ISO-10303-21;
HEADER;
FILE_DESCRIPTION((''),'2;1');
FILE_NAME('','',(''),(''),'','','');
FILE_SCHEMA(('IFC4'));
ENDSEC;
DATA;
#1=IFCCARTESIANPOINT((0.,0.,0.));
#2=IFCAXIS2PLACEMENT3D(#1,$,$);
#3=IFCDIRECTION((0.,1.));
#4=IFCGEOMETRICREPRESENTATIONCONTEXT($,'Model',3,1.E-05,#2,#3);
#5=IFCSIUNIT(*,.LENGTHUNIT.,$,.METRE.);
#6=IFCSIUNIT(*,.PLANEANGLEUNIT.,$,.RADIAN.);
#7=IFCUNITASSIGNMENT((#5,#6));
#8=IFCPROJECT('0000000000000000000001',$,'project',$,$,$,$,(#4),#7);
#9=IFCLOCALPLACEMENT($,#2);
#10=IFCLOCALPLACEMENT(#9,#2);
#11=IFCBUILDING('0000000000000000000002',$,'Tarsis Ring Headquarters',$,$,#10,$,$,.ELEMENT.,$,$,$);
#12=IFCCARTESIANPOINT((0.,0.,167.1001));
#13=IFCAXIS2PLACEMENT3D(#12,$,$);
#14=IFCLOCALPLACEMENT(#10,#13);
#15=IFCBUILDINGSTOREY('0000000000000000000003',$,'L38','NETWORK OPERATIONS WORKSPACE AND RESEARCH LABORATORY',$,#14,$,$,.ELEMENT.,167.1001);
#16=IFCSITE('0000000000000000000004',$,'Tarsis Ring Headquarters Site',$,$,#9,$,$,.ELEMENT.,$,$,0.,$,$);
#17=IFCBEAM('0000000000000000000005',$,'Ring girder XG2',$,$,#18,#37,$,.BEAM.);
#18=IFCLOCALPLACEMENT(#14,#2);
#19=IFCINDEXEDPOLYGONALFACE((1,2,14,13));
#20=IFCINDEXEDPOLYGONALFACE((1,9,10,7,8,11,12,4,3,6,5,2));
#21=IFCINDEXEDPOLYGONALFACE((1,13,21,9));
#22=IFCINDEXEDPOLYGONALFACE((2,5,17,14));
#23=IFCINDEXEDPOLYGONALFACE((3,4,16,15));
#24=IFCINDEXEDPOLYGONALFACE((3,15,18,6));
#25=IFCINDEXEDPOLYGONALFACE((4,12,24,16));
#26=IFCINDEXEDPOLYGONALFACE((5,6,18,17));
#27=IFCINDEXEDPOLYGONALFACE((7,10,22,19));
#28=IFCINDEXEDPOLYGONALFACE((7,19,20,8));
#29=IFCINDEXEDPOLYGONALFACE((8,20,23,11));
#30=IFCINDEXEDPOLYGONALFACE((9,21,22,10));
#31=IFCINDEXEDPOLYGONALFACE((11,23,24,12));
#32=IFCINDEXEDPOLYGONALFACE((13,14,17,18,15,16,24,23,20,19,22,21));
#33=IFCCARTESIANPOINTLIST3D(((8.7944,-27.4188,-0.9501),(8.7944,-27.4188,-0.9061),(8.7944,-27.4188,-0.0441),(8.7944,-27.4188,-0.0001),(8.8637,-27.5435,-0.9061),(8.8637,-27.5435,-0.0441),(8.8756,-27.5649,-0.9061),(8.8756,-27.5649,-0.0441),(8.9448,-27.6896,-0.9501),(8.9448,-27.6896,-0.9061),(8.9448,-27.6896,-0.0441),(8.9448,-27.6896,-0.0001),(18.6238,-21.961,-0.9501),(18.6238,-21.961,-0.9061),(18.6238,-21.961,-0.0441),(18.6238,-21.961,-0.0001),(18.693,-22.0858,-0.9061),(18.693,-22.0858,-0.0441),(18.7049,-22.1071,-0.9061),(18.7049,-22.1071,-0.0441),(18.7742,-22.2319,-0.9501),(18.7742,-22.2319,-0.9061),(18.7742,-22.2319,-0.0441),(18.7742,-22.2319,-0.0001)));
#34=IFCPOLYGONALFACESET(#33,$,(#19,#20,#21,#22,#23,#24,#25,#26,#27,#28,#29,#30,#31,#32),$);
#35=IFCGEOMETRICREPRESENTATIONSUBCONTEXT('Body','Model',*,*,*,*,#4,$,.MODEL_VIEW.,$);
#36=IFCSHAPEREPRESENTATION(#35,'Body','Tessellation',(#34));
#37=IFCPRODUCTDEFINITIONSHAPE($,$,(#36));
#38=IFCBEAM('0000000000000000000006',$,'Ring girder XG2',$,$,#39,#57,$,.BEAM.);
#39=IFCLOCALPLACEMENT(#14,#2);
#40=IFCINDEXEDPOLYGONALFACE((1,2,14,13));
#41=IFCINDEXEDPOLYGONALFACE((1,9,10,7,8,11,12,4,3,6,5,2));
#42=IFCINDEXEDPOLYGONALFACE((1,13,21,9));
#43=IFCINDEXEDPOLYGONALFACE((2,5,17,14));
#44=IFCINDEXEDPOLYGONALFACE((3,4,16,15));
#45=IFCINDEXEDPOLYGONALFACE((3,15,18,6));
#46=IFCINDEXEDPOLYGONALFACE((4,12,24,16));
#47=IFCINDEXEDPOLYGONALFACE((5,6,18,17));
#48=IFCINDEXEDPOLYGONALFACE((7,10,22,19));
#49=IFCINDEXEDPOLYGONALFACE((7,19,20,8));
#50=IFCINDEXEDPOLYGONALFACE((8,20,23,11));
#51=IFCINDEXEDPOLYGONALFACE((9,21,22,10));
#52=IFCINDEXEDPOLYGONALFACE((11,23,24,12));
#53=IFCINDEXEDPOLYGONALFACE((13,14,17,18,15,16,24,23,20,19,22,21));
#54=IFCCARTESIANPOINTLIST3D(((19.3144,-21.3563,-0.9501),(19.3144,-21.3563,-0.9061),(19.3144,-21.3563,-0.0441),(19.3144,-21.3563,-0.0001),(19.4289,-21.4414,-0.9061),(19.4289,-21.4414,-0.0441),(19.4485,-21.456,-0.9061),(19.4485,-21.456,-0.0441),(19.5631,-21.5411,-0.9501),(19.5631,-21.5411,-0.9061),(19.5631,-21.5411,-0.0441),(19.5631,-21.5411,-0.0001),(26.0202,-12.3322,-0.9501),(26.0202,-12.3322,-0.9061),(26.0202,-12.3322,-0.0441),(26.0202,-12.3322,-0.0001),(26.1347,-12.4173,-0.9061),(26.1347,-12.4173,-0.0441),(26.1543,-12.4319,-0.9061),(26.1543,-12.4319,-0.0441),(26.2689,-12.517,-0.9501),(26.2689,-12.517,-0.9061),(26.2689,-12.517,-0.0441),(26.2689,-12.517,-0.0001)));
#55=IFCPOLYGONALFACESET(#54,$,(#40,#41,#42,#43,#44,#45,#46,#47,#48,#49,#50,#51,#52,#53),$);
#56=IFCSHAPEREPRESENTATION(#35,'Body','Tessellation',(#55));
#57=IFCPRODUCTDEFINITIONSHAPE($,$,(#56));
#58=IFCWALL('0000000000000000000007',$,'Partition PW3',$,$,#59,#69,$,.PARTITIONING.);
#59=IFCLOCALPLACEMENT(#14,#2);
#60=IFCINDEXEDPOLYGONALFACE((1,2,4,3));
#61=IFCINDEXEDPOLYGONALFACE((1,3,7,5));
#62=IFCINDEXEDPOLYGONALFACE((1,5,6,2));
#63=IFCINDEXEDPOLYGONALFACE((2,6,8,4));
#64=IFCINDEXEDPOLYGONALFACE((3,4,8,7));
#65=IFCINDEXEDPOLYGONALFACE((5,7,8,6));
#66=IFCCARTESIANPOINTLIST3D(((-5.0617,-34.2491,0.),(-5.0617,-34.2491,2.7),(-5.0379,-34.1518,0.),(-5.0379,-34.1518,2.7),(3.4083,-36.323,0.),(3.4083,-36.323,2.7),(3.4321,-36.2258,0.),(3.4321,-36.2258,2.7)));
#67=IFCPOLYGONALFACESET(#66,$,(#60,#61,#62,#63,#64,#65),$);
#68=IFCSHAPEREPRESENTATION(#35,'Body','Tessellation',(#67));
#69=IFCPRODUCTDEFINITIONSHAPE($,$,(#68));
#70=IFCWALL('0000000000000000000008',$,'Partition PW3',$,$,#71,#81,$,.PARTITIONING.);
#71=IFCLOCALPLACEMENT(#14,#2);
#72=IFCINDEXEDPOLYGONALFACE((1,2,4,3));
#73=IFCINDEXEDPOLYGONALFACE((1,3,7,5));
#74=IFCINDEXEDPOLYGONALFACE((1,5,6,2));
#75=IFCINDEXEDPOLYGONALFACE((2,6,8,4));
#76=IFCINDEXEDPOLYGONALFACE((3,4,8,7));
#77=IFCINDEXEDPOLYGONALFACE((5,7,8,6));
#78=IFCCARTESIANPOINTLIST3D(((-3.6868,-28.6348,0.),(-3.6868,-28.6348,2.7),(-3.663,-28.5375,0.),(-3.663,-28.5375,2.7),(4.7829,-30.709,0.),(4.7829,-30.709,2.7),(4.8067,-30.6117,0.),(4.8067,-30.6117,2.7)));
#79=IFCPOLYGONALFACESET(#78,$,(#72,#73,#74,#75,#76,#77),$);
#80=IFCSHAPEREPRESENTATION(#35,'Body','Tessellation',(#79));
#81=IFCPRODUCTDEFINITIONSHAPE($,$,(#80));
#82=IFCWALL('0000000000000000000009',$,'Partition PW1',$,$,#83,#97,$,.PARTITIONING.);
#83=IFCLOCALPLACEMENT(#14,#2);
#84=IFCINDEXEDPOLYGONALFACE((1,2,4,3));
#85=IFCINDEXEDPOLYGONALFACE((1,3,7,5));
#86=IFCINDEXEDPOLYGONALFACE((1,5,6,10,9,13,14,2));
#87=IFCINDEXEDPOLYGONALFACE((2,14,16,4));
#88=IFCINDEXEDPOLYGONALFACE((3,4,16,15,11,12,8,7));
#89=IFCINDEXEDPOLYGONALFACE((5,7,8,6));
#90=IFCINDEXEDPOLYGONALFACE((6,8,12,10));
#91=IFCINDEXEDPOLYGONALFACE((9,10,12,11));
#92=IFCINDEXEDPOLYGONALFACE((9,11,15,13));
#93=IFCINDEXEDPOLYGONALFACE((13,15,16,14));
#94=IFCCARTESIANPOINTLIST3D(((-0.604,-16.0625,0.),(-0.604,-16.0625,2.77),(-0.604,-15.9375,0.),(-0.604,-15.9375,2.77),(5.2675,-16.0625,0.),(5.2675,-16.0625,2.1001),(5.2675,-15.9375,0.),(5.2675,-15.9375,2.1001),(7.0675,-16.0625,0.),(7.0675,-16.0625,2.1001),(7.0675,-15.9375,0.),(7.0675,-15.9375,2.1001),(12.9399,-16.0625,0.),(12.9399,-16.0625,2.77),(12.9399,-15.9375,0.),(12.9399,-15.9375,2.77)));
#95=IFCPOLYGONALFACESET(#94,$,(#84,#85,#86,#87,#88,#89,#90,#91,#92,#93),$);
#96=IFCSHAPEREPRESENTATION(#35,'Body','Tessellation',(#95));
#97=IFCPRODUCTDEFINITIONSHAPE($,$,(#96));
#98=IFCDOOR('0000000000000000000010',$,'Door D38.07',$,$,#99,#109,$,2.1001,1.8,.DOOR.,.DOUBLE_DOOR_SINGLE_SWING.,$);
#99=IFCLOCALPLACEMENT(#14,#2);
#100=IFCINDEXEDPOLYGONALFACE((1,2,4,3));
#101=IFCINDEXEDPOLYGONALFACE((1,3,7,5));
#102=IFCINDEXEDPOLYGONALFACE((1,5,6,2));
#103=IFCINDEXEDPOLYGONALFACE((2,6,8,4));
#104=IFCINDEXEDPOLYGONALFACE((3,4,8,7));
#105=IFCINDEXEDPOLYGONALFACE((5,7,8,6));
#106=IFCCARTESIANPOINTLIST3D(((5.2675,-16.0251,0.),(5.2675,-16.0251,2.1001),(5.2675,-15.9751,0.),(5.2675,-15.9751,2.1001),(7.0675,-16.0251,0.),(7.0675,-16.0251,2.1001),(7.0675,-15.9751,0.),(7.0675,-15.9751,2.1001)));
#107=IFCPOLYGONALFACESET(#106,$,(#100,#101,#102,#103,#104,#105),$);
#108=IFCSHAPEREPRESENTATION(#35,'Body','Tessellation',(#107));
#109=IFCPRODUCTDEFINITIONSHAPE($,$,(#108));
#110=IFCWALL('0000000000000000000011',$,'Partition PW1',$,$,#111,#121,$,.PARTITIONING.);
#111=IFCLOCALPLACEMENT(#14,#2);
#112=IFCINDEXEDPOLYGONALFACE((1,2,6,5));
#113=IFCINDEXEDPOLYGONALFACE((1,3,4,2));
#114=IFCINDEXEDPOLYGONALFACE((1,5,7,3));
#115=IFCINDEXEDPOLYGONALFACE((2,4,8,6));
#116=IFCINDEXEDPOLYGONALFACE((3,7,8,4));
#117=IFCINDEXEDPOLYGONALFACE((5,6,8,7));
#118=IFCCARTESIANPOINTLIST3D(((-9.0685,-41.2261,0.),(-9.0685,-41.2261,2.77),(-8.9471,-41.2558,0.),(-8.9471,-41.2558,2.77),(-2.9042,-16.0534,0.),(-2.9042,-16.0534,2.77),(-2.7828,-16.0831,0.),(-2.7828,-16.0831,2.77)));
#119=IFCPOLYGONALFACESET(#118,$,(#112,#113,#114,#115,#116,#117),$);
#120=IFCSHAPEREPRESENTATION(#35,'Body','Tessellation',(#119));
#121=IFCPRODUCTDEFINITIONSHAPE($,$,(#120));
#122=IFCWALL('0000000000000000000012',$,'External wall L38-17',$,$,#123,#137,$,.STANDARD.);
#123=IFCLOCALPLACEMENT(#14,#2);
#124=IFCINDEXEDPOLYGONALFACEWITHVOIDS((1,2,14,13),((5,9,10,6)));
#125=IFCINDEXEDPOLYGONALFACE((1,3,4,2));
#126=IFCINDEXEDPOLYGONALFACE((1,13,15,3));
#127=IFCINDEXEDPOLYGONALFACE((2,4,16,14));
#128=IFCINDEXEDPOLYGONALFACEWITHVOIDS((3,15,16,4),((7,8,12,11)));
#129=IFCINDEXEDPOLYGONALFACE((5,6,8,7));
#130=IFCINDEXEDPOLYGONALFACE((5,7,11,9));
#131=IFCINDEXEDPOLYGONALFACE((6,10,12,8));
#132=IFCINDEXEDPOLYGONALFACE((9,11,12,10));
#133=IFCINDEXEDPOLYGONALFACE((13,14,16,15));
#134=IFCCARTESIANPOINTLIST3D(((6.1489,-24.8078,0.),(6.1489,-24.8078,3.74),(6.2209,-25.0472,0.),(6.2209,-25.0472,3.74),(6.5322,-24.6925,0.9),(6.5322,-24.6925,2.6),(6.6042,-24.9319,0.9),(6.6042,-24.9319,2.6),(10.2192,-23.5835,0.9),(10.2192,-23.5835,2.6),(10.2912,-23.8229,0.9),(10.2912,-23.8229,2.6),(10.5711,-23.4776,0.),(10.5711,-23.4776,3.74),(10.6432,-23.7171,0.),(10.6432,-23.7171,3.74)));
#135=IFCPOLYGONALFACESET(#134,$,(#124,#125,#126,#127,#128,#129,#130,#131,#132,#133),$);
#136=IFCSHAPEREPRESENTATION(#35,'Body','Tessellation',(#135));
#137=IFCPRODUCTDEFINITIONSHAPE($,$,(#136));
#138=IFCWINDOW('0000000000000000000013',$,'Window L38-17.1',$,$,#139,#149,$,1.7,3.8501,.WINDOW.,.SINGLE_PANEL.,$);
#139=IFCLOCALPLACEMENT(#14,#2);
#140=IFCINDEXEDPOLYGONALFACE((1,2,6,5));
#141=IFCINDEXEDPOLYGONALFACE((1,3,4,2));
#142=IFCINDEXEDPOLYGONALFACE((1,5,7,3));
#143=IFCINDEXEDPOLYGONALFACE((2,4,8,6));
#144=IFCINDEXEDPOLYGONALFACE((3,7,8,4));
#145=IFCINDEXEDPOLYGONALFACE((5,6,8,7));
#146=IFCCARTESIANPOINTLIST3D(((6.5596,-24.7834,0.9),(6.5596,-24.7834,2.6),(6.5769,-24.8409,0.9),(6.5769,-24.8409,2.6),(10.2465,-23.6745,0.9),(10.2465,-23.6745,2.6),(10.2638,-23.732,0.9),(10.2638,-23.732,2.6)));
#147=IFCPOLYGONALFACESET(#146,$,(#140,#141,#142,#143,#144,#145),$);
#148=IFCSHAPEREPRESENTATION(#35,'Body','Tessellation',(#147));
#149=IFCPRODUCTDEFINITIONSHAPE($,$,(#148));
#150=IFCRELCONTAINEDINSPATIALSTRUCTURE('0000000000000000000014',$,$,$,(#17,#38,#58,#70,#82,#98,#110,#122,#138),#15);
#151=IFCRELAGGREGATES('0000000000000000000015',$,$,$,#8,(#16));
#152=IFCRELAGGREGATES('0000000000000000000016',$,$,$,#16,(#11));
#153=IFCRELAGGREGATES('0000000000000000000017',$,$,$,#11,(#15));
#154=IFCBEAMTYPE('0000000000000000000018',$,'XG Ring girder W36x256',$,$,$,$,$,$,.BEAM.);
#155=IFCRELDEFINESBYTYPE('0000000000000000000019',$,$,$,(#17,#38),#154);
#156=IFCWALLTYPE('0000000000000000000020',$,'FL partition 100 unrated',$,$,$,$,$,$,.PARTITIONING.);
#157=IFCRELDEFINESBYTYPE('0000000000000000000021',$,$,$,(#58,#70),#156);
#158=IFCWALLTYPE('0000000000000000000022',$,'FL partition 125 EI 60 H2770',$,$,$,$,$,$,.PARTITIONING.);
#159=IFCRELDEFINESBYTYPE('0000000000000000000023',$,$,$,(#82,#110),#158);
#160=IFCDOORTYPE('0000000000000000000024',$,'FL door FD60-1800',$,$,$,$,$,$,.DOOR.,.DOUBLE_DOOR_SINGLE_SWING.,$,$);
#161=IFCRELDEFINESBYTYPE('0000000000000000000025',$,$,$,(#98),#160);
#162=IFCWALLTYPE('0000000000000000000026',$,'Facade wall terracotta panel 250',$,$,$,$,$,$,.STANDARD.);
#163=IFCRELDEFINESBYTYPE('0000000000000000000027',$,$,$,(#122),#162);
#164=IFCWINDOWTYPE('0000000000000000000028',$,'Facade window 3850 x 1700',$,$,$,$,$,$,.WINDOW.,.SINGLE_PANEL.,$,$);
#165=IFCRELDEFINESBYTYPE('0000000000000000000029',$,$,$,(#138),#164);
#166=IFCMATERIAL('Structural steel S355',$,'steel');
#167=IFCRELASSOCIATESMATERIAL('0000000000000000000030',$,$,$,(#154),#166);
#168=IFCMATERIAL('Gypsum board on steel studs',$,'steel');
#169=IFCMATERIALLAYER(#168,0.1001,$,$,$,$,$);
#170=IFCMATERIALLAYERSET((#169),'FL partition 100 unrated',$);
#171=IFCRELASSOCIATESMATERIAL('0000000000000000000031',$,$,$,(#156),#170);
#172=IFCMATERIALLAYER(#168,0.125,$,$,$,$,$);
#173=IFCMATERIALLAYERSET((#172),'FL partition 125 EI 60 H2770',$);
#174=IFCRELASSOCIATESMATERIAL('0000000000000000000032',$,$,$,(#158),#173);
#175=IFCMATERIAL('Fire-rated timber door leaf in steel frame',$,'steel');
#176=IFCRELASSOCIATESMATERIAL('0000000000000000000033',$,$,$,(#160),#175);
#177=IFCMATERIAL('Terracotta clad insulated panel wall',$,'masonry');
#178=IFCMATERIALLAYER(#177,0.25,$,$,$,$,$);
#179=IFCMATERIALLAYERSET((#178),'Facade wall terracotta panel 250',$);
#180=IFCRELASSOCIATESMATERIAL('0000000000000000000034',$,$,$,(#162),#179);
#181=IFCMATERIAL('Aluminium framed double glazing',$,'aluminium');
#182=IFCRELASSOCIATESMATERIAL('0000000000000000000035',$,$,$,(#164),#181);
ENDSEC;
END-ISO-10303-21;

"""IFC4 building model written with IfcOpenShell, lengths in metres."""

from ifc_helpers import new_model, si_unit, direction, frame, frame_2d, origin, origin_2d, place, context, subcontext, project, spatial, rectangle, i_section, extrude, material, layer, layer_set, material_profile, profile_set, type_object, element, fill, save


model = new_model("IFC4")

# Units and contexts
model_context = context("Model", 3, precision=1e-05, world=origin(), true_north=direction((0.0, 1.0)))
body_context = subcontext(model_context, "Body", "Model", "MODEL_VIEW")
ifc_project = project(units=[si_unit("LENGTHUNIT", "METRE"), si_unit("PLANEANGLEUNIT", "RADIAN")], contexts=[model_context])

# Site, building, storey
site_placement = place(None, origin())
site = spatial("IfcSite", under=ifc_project, at=site_placement, Name="Tarsis Ring Headquarters Site", CompositionType="ELEMENT", RefElevation=0.0)
building_placement = place(site_placement, origin())
building = spatial("IfcBuilding", under=site, at=building_placement, Name="Tarsis Ring Headquarters", CompositionType="ELEMENT")
storey_placement = place(building_placement, frame((0.0, 0.0, 167.1001)))
storey = spatial("IfcBuildingStorey", under=building, at=storey_placement, Name="L38", Description="NETWORK OPERATIONS WORKSPACE AND RESEARCH LABORATORY", CompositionType="ELEMENT", Elevation=167.1001)

# Shared definitions
ifc_material_1 = material(Name="Structural steel S355", Category="steel")

# Beams
ifc_material_profile_1 = material_profile(ifc_material_1, i_section(OverallWidth=0.3098, OverallDepth=0.95, WebThickness=0.0244, FlangeThickness=0.0439, at=origin_2d()), Name="W36x256")
ifc_profile_set_1 = profile_set([ifc_material_profile_1], Name="Structural steel S355")
beam_type = type_object("IfcBeamType", Name="XG Ring girder W36x256", PredefinedType="BEAM", material=ifc_profile_set_1)
for number, where, z_axis, x_axis, name in (
    (1, (8.8696, -27.5542, -0.4751), (0.87427, 0.48544, 0.0), (-0.48544, 0.87427, 0.0), "Ring girder XG2"),
    (2, (19.4387, -21.4487, -0.4751), (0.596447, 0.802653, 0.0), (-0.802653, 0.596447, 0.0), "Ring girder XG2"),
):
    element("IfcBeam", number, at=place(storey_placement, frame(where, z_axis=z_axis, x_axis=x_axis)), inside=storey, type_object=beam_type, Name=name, PredefinedType="BEAM", context=body_context, shape_type="SweptSolid", body=[
        extrude(i_section(OverallWidth=0.3098, OverallDepth=0.95, WebThickness=0.0244, FlangeThickness=0.0439, at=origin_2d()), origin(), (0.0, 0.0, 1.0), 11.2429),
    ])

# Walls
ifc_material_2 = material(Name="Gypsum board on steel studs", Category="steel")
ifc_layer_1 = layer(ifc_material_2, 0.1001)
ifc_layer_set_1 = layer_set([ifc_layer_1], Name="FL partition 100 unrated")
wall_type_1 = type_object("IfcWallType", Name="FL partition 100 unrated", PredefinedType="PARTITIONING", material=ifc_layer_set_1)
wall_1_placement = place(storey_placement, frame((-5.0498, -34.2004, 0.0), z_axis=(0.0, 0.0, 1.0), x_axis=(0.971305, -0.237836, 0.0)))
element("IfcWall", 3, at=wall_1_placement, inside=storey, type_object=wall_type_1, Name="Partition PW3", PredefinedType="PARTITIONING", context=body_context, shape_type="SweptSolid", body=[
    extrude(rectangle(XDim=8.7202, YDim=0.1001, at=frame_2d((4.3601, 0.0))), origin(), (0.0, 0.0, 1.0), 2.7),
])
wall_2_placement = place(storey_placement, frame((-3.6748, -28.5862, 0.0), z_axis=(0.0, 0.0, 1.0), x_axis=(0.971297, -0.237869, 0.0)))
element("IfcWall", 4, at=wall_2_placement, inside=storey, type_object=wall_type_1, Name="Partition PW3", PredefinedType="PARTITIONING", context=body_context, shape_type="SweptSolid", body=[
    extrude(rectangle(XDim=8.72, YDim=0.1001, at=frame_2d((4.3599, 0.0))), origin(), (0.0, 0.0, 1.0), 2.7),
])

# Wall, opening, door
ifc_layer_2 = layer(ifc_material_2, 0.125)
ifc_layer_set_2 = layer_set([ifc_layer_2], Name="FL partition 125 EI 60 H2770")
wall_type_2 = type_object("IfcWallType", Name="FL partition 125 EI 60 H2770", PredefinedType="PARTITIONING", material=ifc_layer_set_2)
wall_3_placement = place(storey_placement, frame((-0.604, -16.0, 0.0), z_axis=(0.0, 0.0, 1.0), x_axis=(1.0, 0.0, 0.0)))
wall_3 = element("IfcWall", 5, at=wall_3_placement, inside=storey, type_object=wall_type_2, Name="Partition PW1", PredefinedType="PARTITIONING", context=body_context, shape_type="SweptSolid", body=[
    extrude(rectangle(XDim=13.5439, YDim=0.125, at=frame_2d((6.772, 0.0))), origin(), (0.0, 0.0, 1.0), 2.77),
])
opening_1_placement = place(wall_3_placement, frame((5.8716, 0.0, 0.0)))
opening_1 = element("IfcOpeningElement", 6, at=opening_1_placement, cuts=wall_3, PredefinedType="OPENING", context=body_context, shape_type="SweptSolid", body=[
    extrude(rectangle(XDim=1.8, YDim=2.1001, at=frame_2d((0.8999, 1.05))), frame((0.0, 0.0725, 0.0), z_axis=(0.0, -1.0, 0.0), x_axis=(1.0, 0.0, 0.0)), (0.0, 0.0, 1.0), 0.145),
])
ifc_material_3 = material(Name="Fire-rated timber door leaf in steel frame", Category="steel")
door_type = type_object("IfcDoorType", Name="FL door FD60-1800", OperationType="DOUBLE_DOOR_SINGLE_SWING", PredefinedType="DOOR", material=ifc_material_3)
door_placement = place(opening_1_placement, origin())
door = element("IfcDoor", 7, at=door_placement, inside=storey, type_object=door_type, Name="Door D38.07", OperationType="DOUBLE_DOOR_SINGLE_SWING", OverallHeight=2.1001, OverallWidth=1.8, PredefinedType="DOOR", context=body_context, shape_type="SweptSolid", body=[
    extrude(rectangle(XDim=1.8, YDim=2.1001, at=frame_2d((0.8999, 1.05))), frame((0.0, 0.0249, 0.0), z_axis=(0.0, -1.0, 0.0), x_axis=(1.0, 0.0, 0.0)), (0.0, 0.0, 1.0), 0.05),
])
fill(opening_1, door)

# Wall
wall_4_placement = place(storey_placement, frame((-9.0078, -41.241, 0.0), z_axis=(0.0, 0.0, 1.0), x_axis=(0.237851, 0.971302, 0.0)))
element("IfcWall", 8, at=wall_4_placement, inside=storey, type_object=wall_type_2, Name="Partition PW1", PredefinedType="PARTITIONING", context=body_context, shape_type="SweptSolid", body=[
    extrude(rectangle(XDim=25.9165, YDim=0.125, at=frame_2d((12.9583, 0.0))), origin(), (0.0, 0.0, 1.0), 2.77),
])

# Wall, opening, window
ifc_material_4 = material(Name="Terracotta clad insulated panel wall", Category="masonry")
ifc_layer_3 = layer(ifc_material_4, 0.25)
ifc_layer_set_3 = layer_set([ifc_layer_3], Name="Facade wall terracotta panel 250")
wall_type_3 = type_object("IfcWallType", Name="Facade wall terracotta panel 250", PredefinedType="STANDARD", material=ifc_layer_set_3)
wall_5_placement = place(storey_placement, frame((6.1848, -24.9275, 0.0), z_axis=(0.0, 0.0, 1.0), x_axis=(0.957621, 0.288032, 0.0)))
wall_5 = element("IfcWall", 9, at=wall_5_placement, inside=storey, type_object=wall_type_3, Name="External wall L38-17", PredefinedType="STANDARD", context=body_context, shape_type="SweptSolid", body=[
    extrude(rectangle(XDim=4.6179, YDim=0.25, at=frame_2d((2.3091, 0.0))), origin(), (0.0, 0.0, 1.0), 3.74),
])
opening_2_placement = place(wall_5_placement, frame((0.4004, 0.0, 0.8999)))
opening_2 = element("IfcOpeningElement", 10, at=opening_2_placement, cuts=wall_5, PredefinedType="OPENING", context=body_context, shape_type="SweptSolid", body=[
    extrude(rectangle(XDim=3.8501, YDim=1.7, at=frame_2d((1.925, 0.8501))), frame((0.0, 0.135, 0.0), z_axis=(0.0, -1.0, 0.0), x_axis=(1.0, 0.0, 0.0)), (0.0, 0.0, 1.0), 0.27),
])
ifc_material_5 = material(Name="Aluminium framed double glazing", Category="aluminium")
window_type_1 = type_object("IfcWindowType", Name="Facade window 3850 x 1700", PartitioningType="SINGLE_PANEL", PredefinedType="WINDOW", material=ifc_material_5)
window_1_placement = place(opening_2_placement, origin())
window_1 = element("IfcWindow", 11, at=window_1_placement, inside=storey, type_object=window_type_1, Name="Window L38-17.1", OverallHeight=1.7, OverallWidth=3.8501, PartitioningType="SINGLE_PANEL", PredefinedType="WINDOW", context=body_context, shape_type="SweptSolid", body=[
    extrude(rectangle(XDim=3.8501, YDim=1.7, at=frame_2d((1.925, 0.8501))), frame((0.0, 0.03, 0.0), z_axis=(0.0, -1.0, 0.0), x_axis=(1.0, 0.0, 0.0)), (0.0, 0.0, 1.0), 0.0601),
])
fill(opening_2, window_1)

save(model, "model.ifc")
